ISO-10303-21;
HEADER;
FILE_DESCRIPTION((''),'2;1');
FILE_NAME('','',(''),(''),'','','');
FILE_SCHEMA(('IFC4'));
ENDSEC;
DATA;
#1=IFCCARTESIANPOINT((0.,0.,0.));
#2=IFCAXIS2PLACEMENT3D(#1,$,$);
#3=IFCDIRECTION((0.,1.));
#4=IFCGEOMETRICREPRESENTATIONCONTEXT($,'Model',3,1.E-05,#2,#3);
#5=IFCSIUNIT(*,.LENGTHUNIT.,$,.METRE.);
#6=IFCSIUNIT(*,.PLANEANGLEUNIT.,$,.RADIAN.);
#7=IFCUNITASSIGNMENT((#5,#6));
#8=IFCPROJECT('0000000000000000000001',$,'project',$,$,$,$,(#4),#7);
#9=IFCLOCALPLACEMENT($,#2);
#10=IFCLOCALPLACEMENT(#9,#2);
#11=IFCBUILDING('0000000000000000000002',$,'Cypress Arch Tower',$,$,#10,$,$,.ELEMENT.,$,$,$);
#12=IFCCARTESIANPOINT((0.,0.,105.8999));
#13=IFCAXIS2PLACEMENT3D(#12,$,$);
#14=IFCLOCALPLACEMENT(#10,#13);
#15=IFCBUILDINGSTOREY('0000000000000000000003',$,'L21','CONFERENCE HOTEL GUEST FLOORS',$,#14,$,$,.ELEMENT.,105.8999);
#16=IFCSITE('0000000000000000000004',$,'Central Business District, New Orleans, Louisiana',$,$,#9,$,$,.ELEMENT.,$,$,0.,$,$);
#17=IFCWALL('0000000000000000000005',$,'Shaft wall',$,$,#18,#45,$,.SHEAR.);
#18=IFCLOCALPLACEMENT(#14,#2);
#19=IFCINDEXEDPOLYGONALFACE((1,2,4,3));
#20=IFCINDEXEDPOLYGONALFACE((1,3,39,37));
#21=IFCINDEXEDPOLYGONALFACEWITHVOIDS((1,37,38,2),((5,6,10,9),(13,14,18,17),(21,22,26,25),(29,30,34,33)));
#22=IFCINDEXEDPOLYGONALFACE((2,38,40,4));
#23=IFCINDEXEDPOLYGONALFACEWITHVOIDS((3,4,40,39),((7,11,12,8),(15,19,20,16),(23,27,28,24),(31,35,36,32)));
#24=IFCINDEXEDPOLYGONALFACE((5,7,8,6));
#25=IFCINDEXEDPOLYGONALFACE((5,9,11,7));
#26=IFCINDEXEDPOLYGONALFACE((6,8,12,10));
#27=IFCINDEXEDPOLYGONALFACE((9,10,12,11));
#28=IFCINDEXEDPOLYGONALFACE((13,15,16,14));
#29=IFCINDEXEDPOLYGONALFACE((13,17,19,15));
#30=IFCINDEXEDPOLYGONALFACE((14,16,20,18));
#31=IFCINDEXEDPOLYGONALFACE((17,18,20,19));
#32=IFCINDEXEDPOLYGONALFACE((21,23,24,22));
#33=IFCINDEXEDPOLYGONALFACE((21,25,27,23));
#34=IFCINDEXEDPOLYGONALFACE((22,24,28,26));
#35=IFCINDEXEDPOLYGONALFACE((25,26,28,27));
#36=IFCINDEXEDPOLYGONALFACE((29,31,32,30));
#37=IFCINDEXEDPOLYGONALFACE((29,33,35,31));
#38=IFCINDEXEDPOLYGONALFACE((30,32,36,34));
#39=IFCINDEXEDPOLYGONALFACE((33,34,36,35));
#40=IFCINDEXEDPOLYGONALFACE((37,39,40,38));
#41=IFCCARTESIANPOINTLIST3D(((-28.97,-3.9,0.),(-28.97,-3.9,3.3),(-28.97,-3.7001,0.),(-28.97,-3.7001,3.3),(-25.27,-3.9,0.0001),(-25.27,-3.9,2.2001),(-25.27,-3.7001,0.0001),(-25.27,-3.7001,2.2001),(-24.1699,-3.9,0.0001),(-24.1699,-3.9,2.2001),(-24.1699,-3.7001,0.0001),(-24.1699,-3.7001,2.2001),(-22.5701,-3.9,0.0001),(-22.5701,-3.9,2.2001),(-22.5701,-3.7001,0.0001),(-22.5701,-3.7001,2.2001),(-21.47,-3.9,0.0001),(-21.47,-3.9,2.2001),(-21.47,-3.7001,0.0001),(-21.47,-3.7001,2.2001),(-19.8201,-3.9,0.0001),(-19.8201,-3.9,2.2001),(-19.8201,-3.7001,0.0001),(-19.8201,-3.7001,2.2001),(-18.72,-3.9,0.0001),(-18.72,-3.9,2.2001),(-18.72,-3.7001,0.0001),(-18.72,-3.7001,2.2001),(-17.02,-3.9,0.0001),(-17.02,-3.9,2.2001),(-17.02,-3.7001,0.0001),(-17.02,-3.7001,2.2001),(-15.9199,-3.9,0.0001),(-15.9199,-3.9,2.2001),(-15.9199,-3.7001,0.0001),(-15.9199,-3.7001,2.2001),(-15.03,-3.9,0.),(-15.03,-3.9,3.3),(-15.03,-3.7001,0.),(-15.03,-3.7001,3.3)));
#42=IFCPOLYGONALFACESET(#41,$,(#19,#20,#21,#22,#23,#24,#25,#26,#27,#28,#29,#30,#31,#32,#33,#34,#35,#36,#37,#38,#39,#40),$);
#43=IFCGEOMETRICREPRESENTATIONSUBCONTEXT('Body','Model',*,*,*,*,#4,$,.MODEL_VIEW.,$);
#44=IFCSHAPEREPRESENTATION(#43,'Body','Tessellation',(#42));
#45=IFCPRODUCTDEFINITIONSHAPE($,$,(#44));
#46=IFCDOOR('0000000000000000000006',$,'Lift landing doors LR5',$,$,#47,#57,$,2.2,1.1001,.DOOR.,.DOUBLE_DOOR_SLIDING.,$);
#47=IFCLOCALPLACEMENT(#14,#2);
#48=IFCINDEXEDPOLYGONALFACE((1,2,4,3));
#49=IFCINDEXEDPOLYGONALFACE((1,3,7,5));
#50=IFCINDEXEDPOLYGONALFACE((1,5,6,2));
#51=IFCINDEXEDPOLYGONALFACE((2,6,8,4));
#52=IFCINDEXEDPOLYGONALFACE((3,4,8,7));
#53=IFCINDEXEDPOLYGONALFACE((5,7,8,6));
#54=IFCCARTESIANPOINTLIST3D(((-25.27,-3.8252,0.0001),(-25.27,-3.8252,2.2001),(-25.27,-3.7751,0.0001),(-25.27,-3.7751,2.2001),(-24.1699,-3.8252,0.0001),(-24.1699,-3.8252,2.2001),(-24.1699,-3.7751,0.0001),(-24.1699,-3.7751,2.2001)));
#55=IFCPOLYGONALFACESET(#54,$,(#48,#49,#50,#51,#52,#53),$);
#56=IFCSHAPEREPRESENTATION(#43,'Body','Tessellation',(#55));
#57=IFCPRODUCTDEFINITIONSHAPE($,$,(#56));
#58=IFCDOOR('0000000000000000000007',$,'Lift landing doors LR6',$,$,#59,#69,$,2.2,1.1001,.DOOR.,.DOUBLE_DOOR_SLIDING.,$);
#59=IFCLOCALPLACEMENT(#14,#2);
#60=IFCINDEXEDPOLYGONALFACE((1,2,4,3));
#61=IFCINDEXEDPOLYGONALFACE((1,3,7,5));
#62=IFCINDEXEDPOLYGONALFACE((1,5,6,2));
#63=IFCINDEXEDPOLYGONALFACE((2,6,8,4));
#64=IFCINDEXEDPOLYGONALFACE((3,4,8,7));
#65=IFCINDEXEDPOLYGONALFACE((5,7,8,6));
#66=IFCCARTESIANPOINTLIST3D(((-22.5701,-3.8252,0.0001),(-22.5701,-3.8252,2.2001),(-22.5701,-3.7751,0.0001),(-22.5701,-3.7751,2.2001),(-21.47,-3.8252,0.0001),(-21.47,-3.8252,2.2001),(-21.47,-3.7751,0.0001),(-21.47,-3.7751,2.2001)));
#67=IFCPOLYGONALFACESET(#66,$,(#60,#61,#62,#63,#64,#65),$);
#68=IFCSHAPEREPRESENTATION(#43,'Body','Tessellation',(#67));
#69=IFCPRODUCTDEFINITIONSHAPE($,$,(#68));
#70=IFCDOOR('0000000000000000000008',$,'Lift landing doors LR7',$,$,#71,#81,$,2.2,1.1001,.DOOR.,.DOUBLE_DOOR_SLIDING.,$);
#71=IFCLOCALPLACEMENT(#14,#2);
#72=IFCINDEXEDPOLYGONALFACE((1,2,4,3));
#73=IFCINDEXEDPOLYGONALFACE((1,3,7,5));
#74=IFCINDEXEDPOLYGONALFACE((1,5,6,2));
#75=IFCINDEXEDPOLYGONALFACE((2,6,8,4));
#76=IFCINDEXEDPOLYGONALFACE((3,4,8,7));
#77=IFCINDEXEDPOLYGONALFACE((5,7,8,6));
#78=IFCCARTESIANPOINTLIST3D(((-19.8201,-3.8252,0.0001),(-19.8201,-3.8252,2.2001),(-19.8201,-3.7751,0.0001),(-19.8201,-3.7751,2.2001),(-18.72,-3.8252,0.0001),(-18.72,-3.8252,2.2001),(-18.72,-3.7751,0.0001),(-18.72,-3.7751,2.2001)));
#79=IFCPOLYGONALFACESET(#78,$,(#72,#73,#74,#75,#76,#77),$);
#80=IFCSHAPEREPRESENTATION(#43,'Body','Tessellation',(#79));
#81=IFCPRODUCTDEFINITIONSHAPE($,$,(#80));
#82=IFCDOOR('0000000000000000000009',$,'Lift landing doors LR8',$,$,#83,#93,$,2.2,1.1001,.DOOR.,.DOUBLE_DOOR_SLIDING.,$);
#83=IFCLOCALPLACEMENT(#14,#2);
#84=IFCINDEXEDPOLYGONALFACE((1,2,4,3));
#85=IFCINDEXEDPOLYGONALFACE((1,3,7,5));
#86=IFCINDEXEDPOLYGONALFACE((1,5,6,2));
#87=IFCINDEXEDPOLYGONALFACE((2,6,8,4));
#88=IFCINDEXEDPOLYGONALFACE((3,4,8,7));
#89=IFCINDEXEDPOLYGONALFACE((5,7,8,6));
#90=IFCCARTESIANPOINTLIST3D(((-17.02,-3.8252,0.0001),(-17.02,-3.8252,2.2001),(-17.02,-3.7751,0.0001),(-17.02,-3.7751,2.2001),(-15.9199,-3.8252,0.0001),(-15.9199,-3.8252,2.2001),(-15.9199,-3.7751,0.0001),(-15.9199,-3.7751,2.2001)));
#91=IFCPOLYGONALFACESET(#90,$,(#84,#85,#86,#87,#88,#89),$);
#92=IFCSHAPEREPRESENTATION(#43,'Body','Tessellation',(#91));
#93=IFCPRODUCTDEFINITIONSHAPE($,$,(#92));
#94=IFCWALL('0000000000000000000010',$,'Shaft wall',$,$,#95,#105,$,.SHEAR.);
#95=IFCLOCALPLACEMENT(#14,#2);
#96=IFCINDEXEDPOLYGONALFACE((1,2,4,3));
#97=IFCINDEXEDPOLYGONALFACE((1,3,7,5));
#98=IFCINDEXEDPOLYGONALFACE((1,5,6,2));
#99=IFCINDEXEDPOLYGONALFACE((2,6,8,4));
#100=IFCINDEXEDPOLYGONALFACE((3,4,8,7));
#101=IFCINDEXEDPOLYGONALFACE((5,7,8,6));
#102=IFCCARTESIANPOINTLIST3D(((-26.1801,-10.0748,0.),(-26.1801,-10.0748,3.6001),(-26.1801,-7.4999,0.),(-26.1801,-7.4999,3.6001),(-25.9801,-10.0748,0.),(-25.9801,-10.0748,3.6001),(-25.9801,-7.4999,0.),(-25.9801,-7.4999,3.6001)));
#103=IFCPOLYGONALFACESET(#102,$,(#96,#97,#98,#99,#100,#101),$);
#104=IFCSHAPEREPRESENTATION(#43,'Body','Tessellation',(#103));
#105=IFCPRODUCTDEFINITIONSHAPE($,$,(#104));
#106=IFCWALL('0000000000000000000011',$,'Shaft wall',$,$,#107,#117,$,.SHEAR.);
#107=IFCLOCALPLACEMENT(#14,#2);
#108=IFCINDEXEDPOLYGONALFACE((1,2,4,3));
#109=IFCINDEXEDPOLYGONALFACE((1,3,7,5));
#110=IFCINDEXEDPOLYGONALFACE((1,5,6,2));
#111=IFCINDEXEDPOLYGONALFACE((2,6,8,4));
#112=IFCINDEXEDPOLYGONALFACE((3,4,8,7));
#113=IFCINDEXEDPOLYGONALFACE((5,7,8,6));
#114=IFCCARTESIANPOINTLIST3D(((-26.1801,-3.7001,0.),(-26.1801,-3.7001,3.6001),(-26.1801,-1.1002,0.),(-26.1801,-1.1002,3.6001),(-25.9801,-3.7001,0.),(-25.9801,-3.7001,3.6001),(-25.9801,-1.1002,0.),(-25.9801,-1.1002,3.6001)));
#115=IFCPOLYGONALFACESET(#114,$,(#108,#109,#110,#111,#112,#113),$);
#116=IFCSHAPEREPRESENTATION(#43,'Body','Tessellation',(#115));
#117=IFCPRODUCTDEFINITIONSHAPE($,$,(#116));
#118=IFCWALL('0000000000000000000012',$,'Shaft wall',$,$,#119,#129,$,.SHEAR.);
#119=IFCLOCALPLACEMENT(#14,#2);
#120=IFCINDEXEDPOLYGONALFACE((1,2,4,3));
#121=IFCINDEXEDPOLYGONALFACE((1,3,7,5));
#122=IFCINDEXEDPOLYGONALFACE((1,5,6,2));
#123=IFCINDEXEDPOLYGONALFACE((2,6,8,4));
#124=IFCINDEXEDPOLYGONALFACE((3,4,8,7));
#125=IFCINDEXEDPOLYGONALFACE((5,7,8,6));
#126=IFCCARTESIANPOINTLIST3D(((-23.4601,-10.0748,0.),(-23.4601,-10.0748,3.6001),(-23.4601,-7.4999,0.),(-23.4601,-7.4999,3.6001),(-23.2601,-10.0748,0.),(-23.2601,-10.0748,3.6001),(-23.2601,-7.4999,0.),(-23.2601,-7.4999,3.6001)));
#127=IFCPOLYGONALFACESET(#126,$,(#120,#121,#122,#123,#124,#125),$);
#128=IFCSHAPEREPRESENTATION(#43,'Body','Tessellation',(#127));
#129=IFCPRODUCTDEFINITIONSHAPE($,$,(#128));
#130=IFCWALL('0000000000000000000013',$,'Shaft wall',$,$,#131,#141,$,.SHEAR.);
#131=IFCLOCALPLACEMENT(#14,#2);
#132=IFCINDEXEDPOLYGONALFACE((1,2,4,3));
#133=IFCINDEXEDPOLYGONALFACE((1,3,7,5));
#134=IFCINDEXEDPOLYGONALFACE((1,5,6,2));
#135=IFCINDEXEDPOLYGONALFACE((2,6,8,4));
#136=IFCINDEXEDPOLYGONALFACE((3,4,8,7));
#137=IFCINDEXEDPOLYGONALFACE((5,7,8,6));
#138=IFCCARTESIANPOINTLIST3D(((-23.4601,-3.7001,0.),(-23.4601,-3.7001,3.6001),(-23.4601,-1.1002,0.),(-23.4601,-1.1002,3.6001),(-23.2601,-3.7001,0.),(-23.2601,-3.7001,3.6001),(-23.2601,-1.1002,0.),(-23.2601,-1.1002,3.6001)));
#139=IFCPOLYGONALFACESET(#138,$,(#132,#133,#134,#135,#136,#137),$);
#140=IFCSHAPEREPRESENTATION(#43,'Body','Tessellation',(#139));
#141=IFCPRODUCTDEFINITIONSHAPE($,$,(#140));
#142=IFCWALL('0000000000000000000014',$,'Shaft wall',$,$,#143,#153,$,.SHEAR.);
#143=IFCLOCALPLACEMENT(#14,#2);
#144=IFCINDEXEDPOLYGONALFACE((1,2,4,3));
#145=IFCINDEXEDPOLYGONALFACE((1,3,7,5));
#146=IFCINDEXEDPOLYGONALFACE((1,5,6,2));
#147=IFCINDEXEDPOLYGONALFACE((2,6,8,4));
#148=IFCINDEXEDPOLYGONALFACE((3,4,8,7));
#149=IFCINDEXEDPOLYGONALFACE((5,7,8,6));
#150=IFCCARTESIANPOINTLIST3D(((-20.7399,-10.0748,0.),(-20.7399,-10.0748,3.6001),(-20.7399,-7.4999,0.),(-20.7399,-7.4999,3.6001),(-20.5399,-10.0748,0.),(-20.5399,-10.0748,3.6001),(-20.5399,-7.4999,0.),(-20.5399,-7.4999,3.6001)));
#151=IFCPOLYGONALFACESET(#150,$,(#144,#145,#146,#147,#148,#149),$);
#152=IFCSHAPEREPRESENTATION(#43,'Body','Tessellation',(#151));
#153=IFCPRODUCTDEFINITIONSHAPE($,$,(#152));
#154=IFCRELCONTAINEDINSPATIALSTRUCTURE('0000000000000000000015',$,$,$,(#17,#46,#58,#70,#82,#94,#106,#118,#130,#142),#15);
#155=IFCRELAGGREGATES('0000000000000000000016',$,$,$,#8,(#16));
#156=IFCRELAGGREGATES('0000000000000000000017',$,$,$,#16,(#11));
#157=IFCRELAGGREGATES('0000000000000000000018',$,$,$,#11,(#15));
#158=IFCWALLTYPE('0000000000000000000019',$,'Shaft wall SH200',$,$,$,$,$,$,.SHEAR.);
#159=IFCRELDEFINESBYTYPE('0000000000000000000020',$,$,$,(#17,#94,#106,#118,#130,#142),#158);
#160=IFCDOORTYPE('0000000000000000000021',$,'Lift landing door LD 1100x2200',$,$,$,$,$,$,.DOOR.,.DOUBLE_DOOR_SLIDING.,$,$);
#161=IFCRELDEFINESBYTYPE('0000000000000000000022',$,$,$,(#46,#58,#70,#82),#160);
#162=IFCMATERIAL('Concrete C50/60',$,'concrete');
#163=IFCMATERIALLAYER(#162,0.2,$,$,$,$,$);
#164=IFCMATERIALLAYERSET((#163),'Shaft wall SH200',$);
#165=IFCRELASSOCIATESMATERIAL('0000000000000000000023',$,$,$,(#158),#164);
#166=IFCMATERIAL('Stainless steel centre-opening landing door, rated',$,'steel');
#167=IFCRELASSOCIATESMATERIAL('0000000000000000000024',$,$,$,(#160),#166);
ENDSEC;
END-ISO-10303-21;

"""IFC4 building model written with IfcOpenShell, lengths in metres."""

from ifc_helpers import new_model, si_unit, direction, frame, frame_2d, origin, place, context, subcontext, project, spatial, rectangle, extrude, material, layer, layer_set, type_object, element, fill, save


model = new_model("IFC4")

# Units and contexts
model_context = context("Model", 3, precision=1e-05, world=origin(), true_north=direction((0.0, 1.0)))
body_context = subcontext(model_context, "Body", "Model", "MODEL_VIEW")
ifc_project = project(units=[si_unit("LENGTHUNIT", "METRE"), si_unit("PLANEANGLEUNIT", "RADIAN")], contexts=[model_context])

# Site, building, storey
site_placement = place(None, origin())
site = spatial("IfcSite", under=ifc_project, at=site_placement, Name="Central Business District, New Orleans, Louisiana", CompositionType="ELEMENT", RefElevation=0.0)
building_placement = place(site_placement, origin())
building = spatial("IfcBuilding", under=site, at=building_placement, Name="Cypress Arch Tower", CompositionType="ELEMENT")
storey_placement = place(building_placement, frame((0.0, 0.0, 105.8999)))
storey = spatial("IfcBuildingStorey", under=building, at=storey_placement, Name="L21", Description="CONFERENCE HOTEL GUEST FLOORS", CompositionType="ELEMENT", Elevation=105.8999)

# Wall, openings, doors
ifc_material_1 = material(Name="Concrete C50/60", Category="concrete")
ifc_layer_1 = layer(ifc_material_1, 0.2)
ifc_layer_set_1 = layer_set([ifc_layer_1], Name="Shaft wall SH200")
wall_type_1 = type_object("IfcWallType", Name="Shaft wall SH200", PredefinedType="SHEAR", material=ifc_layer_set_1)
ifc_material_2 = material(Name="Stainless steel centre-opening landing door, rated", Category="steel")
door_type = type_object("IfcDoorType", Name="Lift landing door LD 1100x2200", OperationType="DOUBLE_DOOR_SLIDING", PredefinedType="DOOR", material=ifc_material_2)
wall_1_placement = place(storey_placement, frame((-28.97, -3.8, 0.0), z_axis=(0.0, 0.0, 1.0), x_axis=(1.0, 0.0, 0.0)))
wall_1 = element("IfcWall", 1, at=wall_1_placement, inside=storey, type_object=wall_type_1, Name="Shaft wall", PredefinedType="SHEAR", context=body_context, shape_type="SweptSolid", body=[
    extrude(rectangle(XDim=13.9399, YDim=0.2, at=frame_2d((6.97, 0.0))), origin(), (0.0, 0.0, 1.0), 3.3),
])
opening_1_placement = place(wall_1_placement, frame((3.7, 0.0, 0.0)))
opening_1 = element("IfcOpeningElement", 2, at=opening_1_placement, cuts=wall_1, PredefinedType="OPENING", context=body_context, shape_type="SweptSolid", body=[
    extrude(rectangle(XDim=1.1001, YDim=2.2, at=frame_2d((0.55, 1.1001))), frame((0.0, 0.1099, 0.0), z_axis=(0.0, -1.0, 0.0), x_axis=(1.0, 0.0, 0.0)), (0.0, 0.0, 1.0), 0.22),
])
opening_2_placement = place(wall_1_placement, frame((6.3999, 0.0, 0.0)))
opening_2 = element("IfcOpeningElement", 3, at=opening_2_placement, cuts=wall_1, PredefinedType="OPENING", context=body_context, shape_type="SweptSolid", body=[
    extrude(rectangle(XDim=1.1001, YDim=2.2, at=frame_2d((0.55, 1.1001))), frame((0.0, 0.1099, 0.0), z_axis=(0.0, -1.0, 0.0), x_axis=(1.0, 0.0, 0.0)), (0.0, 0.0, 1.0), 0.22),
])
opening_3_placement = place(wall_1_placement, frame((9.1499, 0.0, 0.0)))
opening_3 = element("IfcOpeningElement", 4, at=opening_3_placement, cuts=wall_1, PredefinedType="OPENING", context=body_context, shape_type="SweptSolid", body=[
    extrude(rectangle(XDim=1.1001, YDim=2.2, at=frame_2d((0.55, 1.1001))), frame((0.0, 0.1099, 0.0), z_axis=(0.0, -1.0, 0.0), x_axis=(1.0, 0.0, 0.0)), (0.0, 0.0, 1.0), 0.22),
])
opening_4_placement = place(wall_1_placement, frame((11.95, 0.0, 0.0)))
opening_4 = element("IfcOpeningElement", 5, at=opening_4_placement, cuts=wall_1, PredefinedType="OPENING", context=body_context, shape_type="SweptSolid", body=[
    extrude(rectangle(XDim=1.1001, YDim=2.2, at=frame_2d((0.55, 1.1001))), frame((0.0, 0.1099, 0.0), z_axis=(0.0, -1.0, 0.0), x_axis=(1.0, 0.0, 0.0)), (0.0, 0.0, 1.0), 0.22),
])
door_1_placement = place(opening_1_placement, origin())
door_1 = element("IfcDoor", 6, at=door_1_placement, inside=storey, type_object=door_type, Name="Lift landing doors LR5", OperationType="DOUBLE_DOOR_SLIDING", OverallHeight=2.2, OverallWidth=1.1001, PredefinedType="DOOR", context=body_context, shape_type="SweptSolid", body=[
    extrude(rectangle(XDim=1.1001, YDim=2.2, at=frame_2d((0.55, 1.1001))), frame((0.0, 0.0249, 0.0), z_axis=(0.0, -1.0, 0.0), x_axis=(1.0, 0.0, 0.0)), (0.0, 0.0, 1.0), 0.05),
])
fill(opening_1, door_1)
door_2_placement = place(opening_2_placement, origin())
door_2 = element("IfcDoor", 7, at=door_2_placement, inside=storey, type_object=door_type, Name="Lift landing doors LR6", OperationType="DOUBLE_DOOR_SLIDING", OverallHeight=2.2, OverallWidth=1.1001, PredefinedType="DOOR", context=body_context, shape_type="SweptSolid", body=[
    extrude(rectangle(XDim=1.1001, YDim=2.2, at=frame_2d((0.55, 1.1001))), frame((0.0, 0.0249, 0.0), z_axis=(0.0, -1.0, 0.0), x_axis=(1.0, 0.0, 0.0)), (0.0, 0.0, 1.0), 0.05),
])
fill(opening_2, door_2)
door_3_placement = place(opening_3_placement, origin())
door_3 = element("IfcDoor", 8, at=door_3_placement, inside=storey, type_object=door_type, Name="Lift landing doors LR7", OperationType="DOUBLE_DOOR_SLIDING", OverallHeight=2.2, OverallWidth=1.1001, PredefinedType="DOOR", context=body_context, shape_type="SweptSolid", body=[
    extrude(rectangle(XDim=1.1001, YDim=2.2, at=frame_2d((0.55, 1.1001))), frame((0.0, 0.0249, 0.0), z_axis=(0.0, -1.0, 0.0), x_axis=(1.0, 0.0, 0.0)), (0.0, 0.0, 1.0), 0.05),
])
fill(opening_3, door_3)
door_4_placement = place(opening_4_placement, origin())
door_4 = element("IfcDoor", 9, at=door_4_placement, inside=storey, type_object=door_type, Name="Lift landing doors LR8", OperationType="DOUBLE_DOOR_SLIDING", OverallHeight=2.2, OverallWidth=1.1001, PredefinedType="DOOR", context=body_context, shape_type="SweptSolid", body=[
    extrude(rectangle(XDim=1.1001, YDim=2.2, at=frame_2d((0.55, 1.1001))), frame((0.0, 0.0249, 0.0), z_axis=(0.0, -1.0, 0.0), x_axis=(1.0, 0.0, 0.0)), (0.0, 0.0, 1.0), 0.05),
])
fill(opening_4, door_4)

# Walls
wall_2_placement = place(storey_placement, frame((-26.0801, -10.075, 0.0), z_axis=(0.0, 0.0, 1.0), x_axis=(0.0, 1.0, 0.0)))
element("IfcWall", 10, at=wall_2_placement, inside=storey, type_object=wall_type_1, Name="Shaft wall", PredefinedType="SHEAR", context=body_context, shape_type="SweptSolid", body=[
    extrude(rectangle(XDim=2.575, YDim=0.2, at=frame_2d((1.2876, 0.0))), origin(), (0.0, 0.0, 1.0), 3.6001),
])
wall_3_placement = place(storey_placement, frame((-26.0801, -3.7, 0.0), z_axis=(0.0, 0.0, 1.0), x_axis=(0.0, 1.0, 0.0)))
element("IfcWall", 11, at=wall_3_placement, inside=storey, type_object=wall_type_1, Name="Shaft wall", PredefinedType="SHEAR", context=body_context, shape_type="SweptSolid", body=[
    extrude(rectangle(XDim=2.5999, YDim=0.2, at=frame_2d((1.2998, 0.0))), origin(), (0.0, 0.0, 1.0), 3.6001),
])
wall_4_placement = place(storey_placement, frame((-23.3601, -10.075, 0.0), z_axis=(0.0, 0.0, 1.0), x_axis=(0.0, 1.0, 0.0)))
element("IfcWall", 12, at=wall_4_placement, inside=storey, type_object=wall_type_1, Name="Shaft wall", PredefinedType="SHEAR", context=body_context, shape_type="SweptSolid", body=[
    extrude(rectangle(XDim=2.575, YDim=0.2, at=frame_2d((1.2876, 0.0))), origin(), (0.0, 0.0, 1.0), 3.6001),
])
wall_5_placement = place(storey_placement, frame((-23.3601, -3.7, 0.0), z_axis=(0.0, 0.0, 1.0), x_axis=(0.0, 1.0, 0.0)))
element("IfcWall", 13, at=wall_5_placement, inside=storey, type_object=wall_type_1, Name="Shaft wall", PredefinedType="SHEAR", context=body_context, shape_type="SweptSolid", body=[
    extrude(rectangle(XDim=2.5999, YDim=0.2, at=frame_2d((1.2998, 0.0))), origin(), (0.0, 0.0, 1.0), 3.6001),
])
wall_6_placement = place(storey_placement, frame((-20.6399, -10.075, 0.0), z_axis=(0.0, 0.0, 1.0), x_axis=(0.0, 1.0, 0.0)))
element("IfcWall", 14, at=wall_6_placement, inside=storey, type_object=wall_type_1, Name="Shaft wall", PredefinedType="SHEAR", context=body_context, shape_type="SweptSolid", body=[
    extrude(rectangle(XDim=2.575, YDim=0.2, at=frame_2d((1.2876, 0.0))), origin(), (0.0, 0.0, 1.0), 3.6001),
])

save(model, "model.ifc")
